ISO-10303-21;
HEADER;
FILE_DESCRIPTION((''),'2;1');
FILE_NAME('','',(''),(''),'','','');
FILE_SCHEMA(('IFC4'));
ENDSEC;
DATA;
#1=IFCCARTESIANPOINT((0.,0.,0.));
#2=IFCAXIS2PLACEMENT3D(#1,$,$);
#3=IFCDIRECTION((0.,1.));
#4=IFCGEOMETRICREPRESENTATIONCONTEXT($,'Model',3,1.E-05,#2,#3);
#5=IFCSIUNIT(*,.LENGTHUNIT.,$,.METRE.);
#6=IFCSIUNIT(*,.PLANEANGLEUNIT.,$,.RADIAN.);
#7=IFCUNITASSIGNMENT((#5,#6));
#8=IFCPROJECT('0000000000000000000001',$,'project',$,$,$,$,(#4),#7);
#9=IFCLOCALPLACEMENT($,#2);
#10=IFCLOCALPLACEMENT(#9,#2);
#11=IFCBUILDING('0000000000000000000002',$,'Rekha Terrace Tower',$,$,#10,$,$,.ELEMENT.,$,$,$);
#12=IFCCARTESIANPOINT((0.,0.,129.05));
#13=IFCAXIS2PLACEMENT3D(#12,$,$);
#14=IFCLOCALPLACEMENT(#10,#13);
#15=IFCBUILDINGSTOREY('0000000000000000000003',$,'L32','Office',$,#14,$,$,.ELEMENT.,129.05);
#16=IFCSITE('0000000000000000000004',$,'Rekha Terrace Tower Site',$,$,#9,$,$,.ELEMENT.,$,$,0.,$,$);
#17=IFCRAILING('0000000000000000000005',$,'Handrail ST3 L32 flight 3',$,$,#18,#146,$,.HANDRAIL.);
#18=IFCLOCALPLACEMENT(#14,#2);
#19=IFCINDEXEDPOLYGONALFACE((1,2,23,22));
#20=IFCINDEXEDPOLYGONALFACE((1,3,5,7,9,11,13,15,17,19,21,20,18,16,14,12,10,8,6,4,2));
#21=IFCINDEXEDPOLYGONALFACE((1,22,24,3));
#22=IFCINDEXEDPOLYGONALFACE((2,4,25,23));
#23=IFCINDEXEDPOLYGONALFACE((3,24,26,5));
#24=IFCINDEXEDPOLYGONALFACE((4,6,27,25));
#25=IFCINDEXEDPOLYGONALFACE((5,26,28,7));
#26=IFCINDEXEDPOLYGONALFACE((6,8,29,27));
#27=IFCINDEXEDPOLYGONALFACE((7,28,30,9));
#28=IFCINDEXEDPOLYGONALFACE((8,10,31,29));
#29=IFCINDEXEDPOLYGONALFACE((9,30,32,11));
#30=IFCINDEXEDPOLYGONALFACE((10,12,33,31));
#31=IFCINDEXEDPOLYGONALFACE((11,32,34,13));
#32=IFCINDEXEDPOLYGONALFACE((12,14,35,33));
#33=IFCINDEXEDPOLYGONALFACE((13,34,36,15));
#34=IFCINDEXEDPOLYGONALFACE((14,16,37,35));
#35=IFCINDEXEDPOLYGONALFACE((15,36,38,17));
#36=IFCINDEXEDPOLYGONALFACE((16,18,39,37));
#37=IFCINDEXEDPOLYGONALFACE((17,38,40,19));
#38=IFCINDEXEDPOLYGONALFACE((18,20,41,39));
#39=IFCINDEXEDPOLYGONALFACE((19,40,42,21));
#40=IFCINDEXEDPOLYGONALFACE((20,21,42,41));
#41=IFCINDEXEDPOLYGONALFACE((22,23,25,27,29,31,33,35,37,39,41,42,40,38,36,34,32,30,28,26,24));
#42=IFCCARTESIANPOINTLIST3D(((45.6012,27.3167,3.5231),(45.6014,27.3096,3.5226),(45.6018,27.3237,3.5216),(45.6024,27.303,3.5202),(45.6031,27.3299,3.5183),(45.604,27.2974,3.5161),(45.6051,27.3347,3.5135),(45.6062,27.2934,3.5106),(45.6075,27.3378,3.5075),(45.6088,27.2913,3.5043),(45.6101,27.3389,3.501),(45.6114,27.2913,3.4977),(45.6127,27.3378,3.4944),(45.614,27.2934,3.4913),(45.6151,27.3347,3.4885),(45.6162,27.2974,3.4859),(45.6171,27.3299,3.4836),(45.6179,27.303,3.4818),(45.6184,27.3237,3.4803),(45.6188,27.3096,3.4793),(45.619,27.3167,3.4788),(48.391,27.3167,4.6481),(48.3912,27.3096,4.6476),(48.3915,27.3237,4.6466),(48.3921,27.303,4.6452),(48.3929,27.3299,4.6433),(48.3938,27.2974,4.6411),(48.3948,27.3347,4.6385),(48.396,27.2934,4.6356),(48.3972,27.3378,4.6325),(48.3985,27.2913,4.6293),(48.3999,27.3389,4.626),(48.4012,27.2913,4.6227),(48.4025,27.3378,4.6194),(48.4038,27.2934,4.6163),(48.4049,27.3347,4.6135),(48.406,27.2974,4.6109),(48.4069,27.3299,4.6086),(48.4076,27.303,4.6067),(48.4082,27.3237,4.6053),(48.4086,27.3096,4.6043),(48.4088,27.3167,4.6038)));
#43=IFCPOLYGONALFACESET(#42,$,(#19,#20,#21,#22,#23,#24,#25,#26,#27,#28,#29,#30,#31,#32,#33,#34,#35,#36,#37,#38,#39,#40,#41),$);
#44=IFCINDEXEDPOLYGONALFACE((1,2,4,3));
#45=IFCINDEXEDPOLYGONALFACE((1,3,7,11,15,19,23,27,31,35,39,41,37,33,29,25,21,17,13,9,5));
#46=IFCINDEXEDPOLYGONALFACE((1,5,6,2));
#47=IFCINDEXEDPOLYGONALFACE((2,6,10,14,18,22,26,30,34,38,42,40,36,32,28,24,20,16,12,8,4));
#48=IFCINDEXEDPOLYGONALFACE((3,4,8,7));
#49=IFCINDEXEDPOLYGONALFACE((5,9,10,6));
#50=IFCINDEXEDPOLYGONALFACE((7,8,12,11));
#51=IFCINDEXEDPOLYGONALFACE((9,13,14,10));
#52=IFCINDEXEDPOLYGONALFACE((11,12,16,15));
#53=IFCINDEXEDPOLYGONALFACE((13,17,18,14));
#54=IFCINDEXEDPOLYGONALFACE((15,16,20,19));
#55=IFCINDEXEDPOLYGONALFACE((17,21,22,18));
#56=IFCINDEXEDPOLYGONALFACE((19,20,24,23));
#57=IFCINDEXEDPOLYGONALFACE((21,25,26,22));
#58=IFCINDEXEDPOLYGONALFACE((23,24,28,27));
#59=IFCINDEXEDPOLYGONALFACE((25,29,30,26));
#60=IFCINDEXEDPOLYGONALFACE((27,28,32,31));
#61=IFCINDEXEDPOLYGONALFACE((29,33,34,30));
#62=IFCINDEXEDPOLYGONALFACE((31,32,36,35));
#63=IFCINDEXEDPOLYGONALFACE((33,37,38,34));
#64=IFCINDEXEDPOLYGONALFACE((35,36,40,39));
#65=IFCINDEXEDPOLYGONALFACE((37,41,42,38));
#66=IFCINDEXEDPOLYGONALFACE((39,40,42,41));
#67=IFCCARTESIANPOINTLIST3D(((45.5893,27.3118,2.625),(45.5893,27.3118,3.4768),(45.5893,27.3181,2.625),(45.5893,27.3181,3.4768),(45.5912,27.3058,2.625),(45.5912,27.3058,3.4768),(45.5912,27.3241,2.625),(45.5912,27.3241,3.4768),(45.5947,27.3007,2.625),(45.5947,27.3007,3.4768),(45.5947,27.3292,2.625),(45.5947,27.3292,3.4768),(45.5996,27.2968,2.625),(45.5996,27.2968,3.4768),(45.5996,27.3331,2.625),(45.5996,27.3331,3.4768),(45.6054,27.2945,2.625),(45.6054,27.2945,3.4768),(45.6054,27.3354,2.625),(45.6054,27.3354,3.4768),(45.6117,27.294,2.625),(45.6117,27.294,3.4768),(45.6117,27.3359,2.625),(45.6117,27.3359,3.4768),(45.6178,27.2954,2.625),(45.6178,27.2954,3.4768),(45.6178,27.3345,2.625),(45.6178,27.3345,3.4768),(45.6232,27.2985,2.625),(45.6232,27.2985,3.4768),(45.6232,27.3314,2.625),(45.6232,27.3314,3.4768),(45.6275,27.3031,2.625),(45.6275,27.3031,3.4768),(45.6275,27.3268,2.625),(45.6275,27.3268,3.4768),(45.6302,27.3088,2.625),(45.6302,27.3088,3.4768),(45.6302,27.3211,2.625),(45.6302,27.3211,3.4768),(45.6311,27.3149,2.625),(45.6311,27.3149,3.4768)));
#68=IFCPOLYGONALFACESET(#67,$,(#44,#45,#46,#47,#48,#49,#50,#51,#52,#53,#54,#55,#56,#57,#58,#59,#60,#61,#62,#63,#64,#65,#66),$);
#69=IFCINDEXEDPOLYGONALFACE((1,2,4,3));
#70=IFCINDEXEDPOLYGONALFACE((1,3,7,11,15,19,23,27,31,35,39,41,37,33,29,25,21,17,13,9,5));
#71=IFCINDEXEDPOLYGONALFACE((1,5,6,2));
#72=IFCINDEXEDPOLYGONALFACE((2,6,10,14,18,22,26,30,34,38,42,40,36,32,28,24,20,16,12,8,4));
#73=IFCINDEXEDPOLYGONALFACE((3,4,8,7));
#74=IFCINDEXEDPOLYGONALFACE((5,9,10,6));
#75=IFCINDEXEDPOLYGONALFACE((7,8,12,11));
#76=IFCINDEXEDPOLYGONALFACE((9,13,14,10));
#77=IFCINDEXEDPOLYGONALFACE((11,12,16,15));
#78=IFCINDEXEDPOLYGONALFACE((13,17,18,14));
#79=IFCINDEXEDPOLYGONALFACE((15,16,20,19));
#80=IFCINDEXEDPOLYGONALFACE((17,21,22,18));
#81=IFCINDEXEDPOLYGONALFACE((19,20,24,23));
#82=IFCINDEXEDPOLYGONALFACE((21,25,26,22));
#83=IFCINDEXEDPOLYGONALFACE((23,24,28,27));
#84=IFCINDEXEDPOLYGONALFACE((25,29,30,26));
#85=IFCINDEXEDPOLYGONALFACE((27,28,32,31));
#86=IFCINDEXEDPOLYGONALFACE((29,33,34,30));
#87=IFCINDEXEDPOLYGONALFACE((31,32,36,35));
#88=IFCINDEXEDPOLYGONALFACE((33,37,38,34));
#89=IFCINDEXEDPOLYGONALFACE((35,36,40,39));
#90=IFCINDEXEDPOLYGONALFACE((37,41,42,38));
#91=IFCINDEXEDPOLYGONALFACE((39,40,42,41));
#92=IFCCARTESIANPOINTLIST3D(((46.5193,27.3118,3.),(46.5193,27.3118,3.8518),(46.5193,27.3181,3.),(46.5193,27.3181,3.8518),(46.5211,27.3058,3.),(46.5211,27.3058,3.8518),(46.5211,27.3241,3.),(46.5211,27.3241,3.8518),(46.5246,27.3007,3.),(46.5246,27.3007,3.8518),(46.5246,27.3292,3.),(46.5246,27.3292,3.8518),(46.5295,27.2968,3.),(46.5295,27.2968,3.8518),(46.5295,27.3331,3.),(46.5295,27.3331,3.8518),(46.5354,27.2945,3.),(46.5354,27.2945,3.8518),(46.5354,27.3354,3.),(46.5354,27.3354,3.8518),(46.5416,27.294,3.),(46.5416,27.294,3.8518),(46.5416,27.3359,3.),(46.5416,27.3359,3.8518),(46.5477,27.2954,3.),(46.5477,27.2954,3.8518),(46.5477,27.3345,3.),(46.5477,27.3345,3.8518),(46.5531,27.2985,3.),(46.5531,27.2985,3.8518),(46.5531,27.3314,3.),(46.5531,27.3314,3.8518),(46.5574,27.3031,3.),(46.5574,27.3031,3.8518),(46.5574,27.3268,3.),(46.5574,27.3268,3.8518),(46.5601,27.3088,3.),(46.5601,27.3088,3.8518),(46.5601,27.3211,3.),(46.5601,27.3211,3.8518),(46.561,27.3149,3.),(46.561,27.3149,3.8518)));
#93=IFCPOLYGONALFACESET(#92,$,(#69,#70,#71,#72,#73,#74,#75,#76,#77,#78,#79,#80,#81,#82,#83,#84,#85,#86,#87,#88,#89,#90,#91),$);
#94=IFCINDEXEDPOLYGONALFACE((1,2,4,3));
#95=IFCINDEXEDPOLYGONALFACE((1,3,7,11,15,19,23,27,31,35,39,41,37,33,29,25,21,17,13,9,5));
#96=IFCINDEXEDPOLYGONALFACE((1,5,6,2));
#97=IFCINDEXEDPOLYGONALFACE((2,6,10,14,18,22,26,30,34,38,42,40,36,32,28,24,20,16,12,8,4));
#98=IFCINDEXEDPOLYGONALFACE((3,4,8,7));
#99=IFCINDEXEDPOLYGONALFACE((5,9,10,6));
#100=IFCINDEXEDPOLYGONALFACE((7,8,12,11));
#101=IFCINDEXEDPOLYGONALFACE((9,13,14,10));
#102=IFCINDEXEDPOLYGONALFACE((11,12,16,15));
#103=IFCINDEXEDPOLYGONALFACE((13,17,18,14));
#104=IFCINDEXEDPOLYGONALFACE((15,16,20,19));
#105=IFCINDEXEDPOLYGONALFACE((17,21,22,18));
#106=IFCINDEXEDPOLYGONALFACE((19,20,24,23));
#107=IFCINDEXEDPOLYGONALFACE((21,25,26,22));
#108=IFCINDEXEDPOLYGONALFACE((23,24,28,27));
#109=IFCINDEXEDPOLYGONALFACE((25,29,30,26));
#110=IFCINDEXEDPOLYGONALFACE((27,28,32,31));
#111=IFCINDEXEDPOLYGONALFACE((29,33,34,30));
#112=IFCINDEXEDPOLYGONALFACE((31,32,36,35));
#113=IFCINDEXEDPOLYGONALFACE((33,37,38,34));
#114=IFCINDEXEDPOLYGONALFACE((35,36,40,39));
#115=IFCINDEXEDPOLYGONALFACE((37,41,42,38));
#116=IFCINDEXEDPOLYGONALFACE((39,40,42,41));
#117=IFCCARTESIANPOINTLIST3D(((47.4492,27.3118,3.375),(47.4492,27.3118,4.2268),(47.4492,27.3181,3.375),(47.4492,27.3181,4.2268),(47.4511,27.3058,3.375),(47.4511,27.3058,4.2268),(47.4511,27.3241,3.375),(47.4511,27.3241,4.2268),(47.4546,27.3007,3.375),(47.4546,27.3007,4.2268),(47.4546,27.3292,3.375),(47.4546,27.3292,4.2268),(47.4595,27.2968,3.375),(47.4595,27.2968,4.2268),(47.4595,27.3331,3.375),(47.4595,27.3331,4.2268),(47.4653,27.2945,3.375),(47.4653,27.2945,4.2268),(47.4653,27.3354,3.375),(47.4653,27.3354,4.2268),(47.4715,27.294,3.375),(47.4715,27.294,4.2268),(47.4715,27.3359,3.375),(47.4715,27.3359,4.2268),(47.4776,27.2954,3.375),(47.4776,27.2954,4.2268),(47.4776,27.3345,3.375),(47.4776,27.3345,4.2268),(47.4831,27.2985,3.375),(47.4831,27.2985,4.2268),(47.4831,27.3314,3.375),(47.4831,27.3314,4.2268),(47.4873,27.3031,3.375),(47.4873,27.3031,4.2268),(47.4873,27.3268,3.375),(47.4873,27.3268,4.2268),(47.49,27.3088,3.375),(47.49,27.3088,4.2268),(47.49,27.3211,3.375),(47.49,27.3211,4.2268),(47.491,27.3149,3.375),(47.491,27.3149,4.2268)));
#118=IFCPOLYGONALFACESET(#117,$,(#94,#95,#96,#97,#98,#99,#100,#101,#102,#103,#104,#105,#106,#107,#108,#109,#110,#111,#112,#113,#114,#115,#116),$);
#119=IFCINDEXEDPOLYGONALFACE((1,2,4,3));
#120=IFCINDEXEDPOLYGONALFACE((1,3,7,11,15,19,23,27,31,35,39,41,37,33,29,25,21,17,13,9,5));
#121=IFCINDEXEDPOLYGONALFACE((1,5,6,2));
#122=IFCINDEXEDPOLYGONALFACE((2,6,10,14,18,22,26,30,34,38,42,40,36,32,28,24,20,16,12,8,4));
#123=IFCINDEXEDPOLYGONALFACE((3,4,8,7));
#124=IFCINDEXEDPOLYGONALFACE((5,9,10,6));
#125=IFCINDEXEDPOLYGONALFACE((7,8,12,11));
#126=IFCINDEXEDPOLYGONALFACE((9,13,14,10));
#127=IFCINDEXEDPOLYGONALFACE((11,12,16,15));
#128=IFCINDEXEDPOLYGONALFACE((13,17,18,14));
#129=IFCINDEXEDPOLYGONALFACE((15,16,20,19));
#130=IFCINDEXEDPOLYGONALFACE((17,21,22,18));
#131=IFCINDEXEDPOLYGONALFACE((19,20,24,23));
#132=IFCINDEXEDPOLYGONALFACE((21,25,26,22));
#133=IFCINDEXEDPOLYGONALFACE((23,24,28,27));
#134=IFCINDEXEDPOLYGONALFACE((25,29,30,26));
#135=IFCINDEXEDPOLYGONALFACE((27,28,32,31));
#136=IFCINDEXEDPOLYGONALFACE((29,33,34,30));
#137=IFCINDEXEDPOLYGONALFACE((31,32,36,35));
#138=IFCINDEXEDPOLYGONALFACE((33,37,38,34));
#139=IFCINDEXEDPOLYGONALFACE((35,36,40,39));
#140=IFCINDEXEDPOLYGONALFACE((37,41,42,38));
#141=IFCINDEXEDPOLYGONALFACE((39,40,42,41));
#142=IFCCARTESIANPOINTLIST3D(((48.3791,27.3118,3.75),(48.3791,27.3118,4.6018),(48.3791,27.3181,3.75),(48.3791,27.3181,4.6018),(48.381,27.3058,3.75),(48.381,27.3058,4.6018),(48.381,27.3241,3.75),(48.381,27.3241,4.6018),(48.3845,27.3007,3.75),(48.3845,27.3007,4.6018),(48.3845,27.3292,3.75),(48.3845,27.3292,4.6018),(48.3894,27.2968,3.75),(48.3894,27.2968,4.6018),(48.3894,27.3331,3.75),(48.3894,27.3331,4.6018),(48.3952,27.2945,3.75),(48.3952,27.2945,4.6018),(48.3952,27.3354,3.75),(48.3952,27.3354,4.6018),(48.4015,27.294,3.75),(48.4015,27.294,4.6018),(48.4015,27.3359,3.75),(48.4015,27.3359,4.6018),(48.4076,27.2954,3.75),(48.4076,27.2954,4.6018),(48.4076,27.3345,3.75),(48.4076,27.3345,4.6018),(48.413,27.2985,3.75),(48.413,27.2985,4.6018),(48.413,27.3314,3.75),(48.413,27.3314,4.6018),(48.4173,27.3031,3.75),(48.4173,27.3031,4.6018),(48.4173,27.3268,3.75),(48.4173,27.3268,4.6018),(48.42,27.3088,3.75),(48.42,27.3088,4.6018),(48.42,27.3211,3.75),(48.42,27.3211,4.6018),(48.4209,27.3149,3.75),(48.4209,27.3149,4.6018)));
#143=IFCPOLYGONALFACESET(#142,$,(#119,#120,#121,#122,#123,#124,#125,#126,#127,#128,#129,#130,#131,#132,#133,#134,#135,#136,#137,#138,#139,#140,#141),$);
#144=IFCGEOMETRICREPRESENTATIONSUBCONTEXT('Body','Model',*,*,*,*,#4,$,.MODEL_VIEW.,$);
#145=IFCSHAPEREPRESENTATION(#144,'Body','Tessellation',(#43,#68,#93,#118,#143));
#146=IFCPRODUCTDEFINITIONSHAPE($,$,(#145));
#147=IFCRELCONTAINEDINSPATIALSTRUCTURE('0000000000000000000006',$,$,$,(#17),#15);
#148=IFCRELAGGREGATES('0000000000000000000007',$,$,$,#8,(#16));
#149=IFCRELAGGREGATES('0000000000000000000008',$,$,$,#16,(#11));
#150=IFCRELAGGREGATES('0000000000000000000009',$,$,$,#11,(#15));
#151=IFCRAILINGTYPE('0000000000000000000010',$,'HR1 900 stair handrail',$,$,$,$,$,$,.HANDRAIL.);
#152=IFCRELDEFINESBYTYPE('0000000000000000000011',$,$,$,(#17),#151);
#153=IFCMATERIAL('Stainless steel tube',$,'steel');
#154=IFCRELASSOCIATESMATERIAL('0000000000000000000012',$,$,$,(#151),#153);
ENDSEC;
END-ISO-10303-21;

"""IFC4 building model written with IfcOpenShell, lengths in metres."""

from ifc_helpers import new_model, si_unit, direction, frame, origin, origin_2d, place, context, subcontext, project, spatial, circle, extrude, material, type_object, element, save


model = new_model("IFC4")

# Units and contexts
model_context = context("Model", 3, precision=1e-05, world=origin(), true_north=direction((0.0, 1.0)))
body_context = subcontext(model_context, "Body", "Model", "MODEL_VIEW")
ifc_project = project(units=[si_unit("LENGTHUNIT", "METRE"), si_unit("PLANEANGLEUNIT", "RADIAN")], contexts=[model_context])

# Site, building, storey
site_placement = place(None, origin())
site = spatial("IfcSite", under=ifc_project, at=site_placement, Name="Rekha Terrace Tower Site", CompositionType="ELEMENT", RefElevation=0.0)
building_placement = place(site_placement, origin())
building = spatial("IfcBuilding", under=site, at=building_placement, Name="Rekha Terrace Tower", CompositionType="ELEMENT")
storey_placement = place(building_placement, frame((0.0, 0.0, 129.05)))
storey = spatial("IfcBuildingStorey", under=building, at=storey_placement, Name="L32", Description="Office", CompositionType="ELEMENT", Elevation=129.05)

# Railing
ifc_material_1 = material(Name="Stainless steel tube", Category="steel")
railing_type_1 = type_object("IfcRailingType", Name="HR1 900 stair handrail", PredefinedType="HANDRAIL", material=ifc_material_1)
railing_1_placement = place(storey_placement, frame((45.6101, 27.3149, 2.625)))
element("IfcRailing", 1, at=railing_1_placement, inside=storey, type_object=railing_type_1, Name="Handrail ST3 L32 flight 3", PredefinedType="HANDRAIL", context=body_context, shape_type="SweptSolid", body=[
    extrude(circle(Radius=0.0239, at=origin_2d()), frame((0.0, 0.0, 0.876), z_axis=(0.927432, 0.0, 0.373992), x_axis=(0.0, 1.0, 0.0)), (0.0, 0.0, 1.0), 3.0081),
    extrude(circle(Radius=0.021, at=origin_2d()), origin(), (0.0, 0.0, 1.0), 0.8518),
    extrude(circle(Radius=0.021, at=origin_2d()), frame((0.9299, 0.0, 0.375)), (0.0, 0.0, 1.0), 0.8518),
    extrude(circle(Radius=0.021, at=origin_2d()), frame((1.8599, 0.0, 0.75)), (0.0, 0.0, 1.0), 0.8518),
    extrude(circle(Radius=0.021, at=origin_2d()), frame((2.7898, 0.0, 1.125)), (0.0, 0.0, 1.0), 0.8518),
])

save(model, "model.ifc")
